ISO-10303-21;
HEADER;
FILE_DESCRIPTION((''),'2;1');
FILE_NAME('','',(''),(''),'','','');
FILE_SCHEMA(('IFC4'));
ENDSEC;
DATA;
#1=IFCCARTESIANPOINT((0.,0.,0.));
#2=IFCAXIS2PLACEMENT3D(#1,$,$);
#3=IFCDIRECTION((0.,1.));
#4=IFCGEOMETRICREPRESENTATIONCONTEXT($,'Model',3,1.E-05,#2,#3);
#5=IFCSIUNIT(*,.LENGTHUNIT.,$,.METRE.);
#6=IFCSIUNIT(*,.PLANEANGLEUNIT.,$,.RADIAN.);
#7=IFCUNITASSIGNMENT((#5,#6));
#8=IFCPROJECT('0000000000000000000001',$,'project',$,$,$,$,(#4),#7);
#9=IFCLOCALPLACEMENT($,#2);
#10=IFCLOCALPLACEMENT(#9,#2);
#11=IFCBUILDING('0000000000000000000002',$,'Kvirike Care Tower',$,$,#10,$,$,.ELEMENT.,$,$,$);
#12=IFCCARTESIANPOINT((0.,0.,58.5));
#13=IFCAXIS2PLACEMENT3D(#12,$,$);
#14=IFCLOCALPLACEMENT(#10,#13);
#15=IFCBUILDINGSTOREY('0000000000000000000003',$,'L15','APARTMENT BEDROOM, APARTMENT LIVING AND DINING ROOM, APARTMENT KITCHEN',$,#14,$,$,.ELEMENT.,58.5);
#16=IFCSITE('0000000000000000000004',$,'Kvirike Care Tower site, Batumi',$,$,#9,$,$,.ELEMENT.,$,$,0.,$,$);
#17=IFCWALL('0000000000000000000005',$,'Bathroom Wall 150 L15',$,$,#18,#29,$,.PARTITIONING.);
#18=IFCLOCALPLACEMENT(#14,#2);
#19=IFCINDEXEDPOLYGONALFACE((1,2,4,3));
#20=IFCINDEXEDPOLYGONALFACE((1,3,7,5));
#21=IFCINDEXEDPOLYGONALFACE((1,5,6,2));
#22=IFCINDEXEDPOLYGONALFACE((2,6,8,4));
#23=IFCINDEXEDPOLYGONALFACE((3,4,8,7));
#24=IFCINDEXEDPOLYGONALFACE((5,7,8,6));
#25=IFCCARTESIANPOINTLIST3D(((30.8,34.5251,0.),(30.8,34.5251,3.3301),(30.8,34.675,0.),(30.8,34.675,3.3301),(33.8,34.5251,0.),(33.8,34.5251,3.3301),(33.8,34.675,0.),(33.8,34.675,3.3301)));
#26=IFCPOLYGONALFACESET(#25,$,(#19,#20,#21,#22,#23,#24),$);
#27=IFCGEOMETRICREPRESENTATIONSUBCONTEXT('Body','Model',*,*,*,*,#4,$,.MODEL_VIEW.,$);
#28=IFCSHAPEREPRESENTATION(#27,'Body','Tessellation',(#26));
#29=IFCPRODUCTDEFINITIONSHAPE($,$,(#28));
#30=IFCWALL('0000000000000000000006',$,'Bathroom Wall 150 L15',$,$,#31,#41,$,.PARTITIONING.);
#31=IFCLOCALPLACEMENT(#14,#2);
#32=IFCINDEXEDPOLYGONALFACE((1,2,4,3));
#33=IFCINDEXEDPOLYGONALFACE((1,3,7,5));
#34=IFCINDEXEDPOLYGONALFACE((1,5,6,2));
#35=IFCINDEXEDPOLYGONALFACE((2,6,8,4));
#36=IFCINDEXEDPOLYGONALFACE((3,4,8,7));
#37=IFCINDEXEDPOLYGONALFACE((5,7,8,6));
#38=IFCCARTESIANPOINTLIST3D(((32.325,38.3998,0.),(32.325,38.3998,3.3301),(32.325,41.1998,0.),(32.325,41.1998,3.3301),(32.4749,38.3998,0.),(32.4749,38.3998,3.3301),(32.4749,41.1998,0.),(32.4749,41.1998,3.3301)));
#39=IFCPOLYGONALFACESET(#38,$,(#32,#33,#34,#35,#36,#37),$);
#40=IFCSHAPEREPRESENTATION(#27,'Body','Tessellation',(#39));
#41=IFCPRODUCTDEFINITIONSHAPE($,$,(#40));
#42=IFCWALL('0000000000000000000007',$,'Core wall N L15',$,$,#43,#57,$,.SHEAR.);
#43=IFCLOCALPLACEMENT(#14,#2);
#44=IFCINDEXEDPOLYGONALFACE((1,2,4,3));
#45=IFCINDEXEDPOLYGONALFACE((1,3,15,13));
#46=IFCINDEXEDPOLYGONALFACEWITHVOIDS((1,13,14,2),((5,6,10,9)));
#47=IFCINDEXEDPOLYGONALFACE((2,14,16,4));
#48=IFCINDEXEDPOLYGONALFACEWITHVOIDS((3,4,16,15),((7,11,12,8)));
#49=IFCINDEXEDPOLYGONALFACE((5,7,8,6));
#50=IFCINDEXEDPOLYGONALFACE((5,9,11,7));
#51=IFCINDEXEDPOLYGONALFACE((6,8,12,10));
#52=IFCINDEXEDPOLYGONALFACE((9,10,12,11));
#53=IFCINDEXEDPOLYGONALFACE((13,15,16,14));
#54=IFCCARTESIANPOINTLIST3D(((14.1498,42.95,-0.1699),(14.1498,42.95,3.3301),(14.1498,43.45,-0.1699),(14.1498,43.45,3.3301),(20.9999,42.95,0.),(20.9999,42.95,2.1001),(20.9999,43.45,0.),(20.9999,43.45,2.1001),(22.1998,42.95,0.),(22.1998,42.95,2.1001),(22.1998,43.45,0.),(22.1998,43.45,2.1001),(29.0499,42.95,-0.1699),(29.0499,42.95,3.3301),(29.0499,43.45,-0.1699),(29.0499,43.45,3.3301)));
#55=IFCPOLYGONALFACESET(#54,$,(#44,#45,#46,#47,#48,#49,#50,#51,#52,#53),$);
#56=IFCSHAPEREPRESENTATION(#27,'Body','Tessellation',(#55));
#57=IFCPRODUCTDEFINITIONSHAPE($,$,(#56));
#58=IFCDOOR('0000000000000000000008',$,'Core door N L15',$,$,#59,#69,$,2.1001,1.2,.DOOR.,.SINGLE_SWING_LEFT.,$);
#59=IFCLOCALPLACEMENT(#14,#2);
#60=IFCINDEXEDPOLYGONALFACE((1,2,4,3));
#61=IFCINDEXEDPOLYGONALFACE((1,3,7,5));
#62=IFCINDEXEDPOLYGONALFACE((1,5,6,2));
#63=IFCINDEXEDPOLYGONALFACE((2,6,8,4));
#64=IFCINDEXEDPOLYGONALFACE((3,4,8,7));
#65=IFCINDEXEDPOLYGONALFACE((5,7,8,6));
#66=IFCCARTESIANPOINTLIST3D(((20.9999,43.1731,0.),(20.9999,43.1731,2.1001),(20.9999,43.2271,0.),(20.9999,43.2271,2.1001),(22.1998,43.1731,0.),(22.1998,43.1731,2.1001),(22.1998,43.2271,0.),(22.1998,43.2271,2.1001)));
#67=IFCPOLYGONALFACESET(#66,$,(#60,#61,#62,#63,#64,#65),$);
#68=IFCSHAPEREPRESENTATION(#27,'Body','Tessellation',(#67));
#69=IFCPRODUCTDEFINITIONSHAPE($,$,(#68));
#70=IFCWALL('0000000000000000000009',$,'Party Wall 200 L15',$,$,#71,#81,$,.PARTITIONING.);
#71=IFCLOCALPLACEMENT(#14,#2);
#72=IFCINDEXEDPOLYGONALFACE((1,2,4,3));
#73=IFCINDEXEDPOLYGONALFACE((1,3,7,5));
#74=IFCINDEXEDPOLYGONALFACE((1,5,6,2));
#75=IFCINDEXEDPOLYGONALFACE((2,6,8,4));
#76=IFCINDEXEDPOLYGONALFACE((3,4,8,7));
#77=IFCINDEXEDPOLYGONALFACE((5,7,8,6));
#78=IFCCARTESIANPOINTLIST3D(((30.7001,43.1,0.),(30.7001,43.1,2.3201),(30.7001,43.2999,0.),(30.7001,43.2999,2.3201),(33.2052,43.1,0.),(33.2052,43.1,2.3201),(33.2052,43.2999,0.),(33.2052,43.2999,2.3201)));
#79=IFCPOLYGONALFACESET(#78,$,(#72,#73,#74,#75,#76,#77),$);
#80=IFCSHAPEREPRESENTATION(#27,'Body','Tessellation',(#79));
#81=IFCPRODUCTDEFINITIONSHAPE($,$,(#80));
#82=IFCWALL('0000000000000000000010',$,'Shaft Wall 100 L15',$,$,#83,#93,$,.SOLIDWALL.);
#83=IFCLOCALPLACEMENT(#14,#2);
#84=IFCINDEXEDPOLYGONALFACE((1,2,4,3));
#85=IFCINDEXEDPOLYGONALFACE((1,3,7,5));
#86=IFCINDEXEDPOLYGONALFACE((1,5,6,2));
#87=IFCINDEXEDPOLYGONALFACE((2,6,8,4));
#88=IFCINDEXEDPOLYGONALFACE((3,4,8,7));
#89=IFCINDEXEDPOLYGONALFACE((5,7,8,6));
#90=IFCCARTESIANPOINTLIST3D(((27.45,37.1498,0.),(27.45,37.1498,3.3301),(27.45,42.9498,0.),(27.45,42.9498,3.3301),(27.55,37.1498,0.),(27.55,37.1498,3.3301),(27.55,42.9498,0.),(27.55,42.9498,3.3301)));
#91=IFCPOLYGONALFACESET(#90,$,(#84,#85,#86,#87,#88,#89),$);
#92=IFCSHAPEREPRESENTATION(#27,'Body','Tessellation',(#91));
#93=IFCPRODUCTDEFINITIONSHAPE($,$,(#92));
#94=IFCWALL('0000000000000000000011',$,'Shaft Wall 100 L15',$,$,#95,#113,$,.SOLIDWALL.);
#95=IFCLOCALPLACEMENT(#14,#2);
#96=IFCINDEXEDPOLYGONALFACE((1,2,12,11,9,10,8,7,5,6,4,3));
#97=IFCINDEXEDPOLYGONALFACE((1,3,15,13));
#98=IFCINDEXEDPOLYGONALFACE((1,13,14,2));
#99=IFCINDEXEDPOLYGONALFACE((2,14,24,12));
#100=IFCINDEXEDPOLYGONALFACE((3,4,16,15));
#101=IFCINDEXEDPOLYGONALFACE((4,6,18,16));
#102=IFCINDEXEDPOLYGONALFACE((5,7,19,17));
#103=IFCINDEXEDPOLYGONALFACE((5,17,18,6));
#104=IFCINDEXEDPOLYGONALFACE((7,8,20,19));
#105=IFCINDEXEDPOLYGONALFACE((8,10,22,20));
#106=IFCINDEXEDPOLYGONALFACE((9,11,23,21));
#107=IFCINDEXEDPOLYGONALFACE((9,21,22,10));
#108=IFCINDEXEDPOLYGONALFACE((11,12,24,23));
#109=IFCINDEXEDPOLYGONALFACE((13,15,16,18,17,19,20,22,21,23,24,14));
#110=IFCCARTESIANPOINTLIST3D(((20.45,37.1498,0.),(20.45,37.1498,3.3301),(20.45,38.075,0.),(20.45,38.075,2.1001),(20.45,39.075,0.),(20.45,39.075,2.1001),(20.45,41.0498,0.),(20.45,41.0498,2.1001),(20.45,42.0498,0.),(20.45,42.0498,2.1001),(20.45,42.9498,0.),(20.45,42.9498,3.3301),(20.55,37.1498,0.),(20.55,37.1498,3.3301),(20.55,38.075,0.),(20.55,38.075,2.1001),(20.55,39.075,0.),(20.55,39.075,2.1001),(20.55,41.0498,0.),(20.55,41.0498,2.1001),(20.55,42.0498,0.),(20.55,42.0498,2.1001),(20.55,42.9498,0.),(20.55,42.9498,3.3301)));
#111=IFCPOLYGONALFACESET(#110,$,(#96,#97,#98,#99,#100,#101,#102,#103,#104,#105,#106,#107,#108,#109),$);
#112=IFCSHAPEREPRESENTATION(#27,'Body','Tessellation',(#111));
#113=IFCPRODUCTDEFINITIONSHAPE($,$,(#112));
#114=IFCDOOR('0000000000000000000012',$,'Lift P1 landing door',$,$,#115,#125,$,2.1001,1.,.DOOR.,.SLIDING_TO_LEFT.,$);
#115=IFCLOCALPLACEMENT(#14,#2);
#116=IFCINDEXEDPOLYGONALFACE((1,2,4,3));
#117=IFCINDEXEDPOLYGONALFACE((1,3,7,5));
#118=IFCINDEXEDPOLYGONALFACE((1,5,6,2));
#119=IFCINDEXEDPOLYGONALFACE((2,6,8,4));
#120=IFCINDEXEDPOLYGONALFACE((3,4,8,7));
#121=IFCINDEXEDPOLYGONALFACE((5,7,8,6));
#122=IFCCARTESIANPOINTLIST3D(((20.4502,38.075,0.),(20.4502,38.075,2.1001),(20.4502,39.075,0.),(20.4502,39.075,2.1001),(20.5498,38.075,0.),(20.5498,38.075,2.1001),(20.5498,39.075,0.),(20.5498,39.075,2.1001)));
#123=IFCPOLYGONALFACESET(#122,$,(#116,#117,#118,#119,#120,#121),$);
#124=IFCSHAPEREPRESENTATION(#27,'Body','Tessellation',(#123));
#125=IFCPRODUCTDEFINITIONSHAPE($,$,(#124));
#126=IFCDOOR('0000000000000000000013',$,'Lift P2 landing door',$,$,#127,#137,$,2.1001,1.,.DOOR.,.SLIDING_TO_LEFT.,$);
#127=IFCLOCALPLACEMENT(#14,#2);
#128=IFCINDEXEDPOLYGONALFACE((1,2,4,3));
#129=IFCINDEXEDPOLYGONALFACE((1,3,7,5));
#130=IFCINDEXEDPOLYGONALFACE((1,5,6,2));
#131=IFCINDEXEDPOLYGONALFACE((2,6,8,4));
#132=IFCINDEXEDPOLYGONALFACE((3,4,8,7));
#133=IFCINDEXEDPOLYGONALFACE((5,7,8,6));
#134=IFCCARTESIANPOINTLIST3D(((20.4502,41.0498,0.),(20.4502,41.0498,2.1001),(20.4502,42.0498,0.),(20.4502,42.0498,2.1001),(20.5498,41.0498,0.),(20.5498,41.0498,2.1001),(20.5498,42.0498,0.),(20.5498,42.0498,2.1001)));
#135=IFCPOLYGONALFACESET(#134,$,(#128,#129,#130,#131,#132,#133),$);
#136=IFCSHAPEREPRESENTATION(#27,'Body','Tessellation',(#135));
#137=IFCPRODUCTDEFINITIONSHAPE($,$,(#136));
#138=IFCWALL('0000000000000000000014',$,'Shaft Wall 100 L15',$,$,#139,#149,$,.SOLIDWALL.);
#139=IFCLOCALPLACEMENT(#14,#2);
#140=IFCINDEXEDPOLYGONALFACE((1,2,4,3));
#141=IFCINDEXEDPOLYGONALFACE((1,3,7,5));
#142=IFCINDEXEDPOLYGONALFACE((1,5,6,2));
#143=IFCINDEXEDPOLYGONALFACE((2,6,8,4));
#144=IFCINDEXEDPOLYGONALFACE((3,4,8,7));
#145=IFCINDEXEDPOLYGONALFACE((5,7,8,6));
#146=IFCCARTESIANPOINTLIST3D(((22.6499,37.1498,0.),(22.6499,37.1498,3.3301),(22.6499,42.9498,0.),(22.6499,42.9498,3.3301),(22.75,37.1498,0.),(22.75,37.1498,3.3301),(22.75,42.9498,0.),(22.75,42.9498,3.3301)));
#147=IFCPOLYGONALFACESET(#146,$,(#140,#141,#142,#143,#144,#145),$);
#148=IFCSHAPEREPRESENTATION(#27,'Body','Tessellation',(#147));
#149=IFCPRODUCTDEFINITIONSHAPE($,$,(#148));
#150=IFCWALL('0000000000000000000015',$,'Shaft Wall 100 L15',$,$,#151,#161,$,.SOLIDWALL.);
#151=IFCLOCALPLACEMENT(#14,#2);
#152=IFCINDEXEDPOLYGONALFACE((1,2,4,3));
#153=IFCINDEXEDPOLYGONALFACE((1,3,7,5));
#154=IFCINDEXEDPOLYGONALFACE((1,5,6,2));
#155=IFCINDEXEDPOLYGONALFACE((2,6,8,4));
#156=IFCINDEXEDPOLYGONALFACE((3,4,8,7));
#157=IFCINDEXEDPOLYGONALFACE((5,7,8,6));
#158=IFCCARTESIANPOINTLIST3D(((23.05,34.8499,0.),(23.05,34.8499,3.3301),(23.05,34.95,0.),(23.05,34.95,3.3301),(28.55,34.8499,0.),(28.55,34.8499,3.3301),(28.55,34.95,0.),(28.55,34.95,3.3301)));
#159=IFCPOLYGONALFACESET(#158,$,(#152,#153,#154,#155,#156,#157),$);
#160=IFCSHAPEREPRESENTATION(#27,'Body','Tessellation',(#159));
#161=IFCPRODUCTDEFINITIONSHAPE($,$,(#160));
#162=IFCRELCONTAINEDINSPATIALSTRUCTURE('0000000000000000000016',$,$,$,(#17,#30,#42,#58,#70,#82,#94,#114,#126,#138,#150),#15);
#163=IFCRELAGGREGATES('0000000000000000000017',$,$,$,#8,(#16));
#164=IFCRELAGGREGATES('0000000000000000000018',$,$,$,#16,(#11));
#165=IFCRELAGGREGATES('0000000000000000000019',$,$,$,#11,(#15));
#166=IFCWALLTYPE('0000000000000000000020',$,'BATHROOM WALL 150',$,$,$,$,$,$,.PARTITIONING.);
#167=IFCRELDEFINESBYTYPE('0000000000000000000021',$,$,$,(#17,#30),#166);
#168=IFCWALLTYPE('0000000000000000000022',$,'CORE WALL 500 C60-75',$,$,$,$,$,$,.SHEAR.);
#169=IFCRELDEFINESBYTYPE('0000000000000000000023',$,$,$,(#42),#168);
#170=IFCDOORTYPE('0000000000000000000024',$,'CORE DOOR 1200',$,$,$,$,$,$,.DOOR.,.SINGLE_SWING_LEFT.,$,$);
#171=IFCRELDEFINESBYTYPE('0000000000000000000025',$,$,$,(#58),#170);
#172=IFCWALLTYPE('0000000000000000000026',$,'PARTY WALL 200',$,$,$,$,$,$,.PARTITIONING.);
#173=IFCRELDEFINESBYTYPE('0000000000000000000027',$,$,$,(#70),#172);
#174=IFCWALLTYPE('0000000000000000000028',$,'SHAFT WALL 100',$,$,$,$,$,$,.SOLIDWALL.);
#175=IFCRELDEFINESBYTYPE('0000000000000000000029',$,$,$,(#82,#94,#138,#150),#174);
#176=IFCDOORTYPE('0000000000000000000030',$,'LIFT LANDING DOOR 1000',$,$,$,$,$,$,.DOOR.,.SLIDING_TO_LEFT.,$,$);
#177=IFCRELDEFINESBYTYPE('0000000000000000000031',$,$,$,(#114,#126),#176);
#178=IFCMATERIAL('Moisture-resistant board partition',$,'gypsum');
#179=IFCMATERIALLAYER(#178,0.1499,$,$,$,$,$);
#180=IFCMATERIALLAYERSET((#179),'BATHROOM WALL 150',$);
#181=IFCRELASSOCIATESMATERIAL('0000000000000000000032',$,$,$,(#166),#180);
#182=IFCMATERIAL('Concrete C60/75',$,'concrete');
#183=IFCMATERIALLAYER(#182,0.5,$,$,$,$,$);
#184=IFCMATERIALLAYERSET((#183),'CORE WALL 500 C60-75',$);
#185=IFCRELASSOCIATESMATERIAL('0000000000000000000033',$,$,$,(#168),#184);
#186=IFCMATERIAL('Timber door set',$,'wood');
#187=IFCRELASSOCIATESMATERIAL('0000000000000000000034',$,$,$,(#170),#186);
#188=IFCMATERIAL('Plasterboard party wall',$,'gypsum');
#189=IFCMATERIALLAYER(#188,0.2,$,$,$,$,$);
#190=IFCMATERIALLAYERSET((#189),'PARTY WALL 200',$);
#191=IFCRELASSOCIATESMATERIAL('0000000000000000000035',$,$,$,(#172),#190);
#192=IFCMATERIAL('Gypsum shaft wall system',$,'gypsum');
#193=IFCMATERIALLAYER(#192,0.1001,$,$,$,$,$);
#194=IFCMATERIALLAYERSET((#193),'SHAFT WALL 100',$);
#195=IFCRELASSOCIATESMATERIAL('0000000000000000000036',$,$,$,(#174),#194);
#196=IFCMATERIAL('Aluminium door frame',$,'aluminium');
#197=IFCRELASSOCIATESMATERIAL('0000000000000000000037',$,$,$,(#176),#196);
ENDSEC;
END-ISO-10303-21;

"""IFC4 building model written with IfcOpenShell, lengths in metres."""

from ifc_helpers import new_model, si_unit, direction, frame, frame_2d, origin, place, context, subcontext, project, spatial, rectangle, extrude, material, layer, layer_set, type_object, element, fill, save


model = new_model("IFC4")

# Units and contexts
model_context = context("Model", 3, precision=1e-05, world=origin(), true_north=direction((0.0, 1.0)))
body_context = subcontext(model_context, "Body", "Model", "MODEL_VIEW")
ifc_project = project(units=[si_unit("LENGTHUNIT", "METRE"), si_unit("PLANEANGLEUNIT", "RADIAN")], contexts=[model_context])

# Site, building, storey
site_placement = place(None, origin())
site = spatial("IfcSite", under=ifc_project, at=site_placement, Name="Kvirike Care Tower site, Batumi", CompositionType="ELEMENT", RefElevation=0.0)
building_placement = place(site_placement, origin())
building = spatial("IfcBuilding", under=site, at=building_placement, Name="Kvirike Care Tower", CompositionType="ELEMENT")
storey_placement = place(building_placement, frame((0.0, 0.0, 58.5)))
storey = spatial("IfcBuildingStorey", under=building, at=storey_placement, Name="L15", Description="APARTMENT BEDROOM, APARTMENT LIVING AND DINING ROOM, APARTMENT KITCHEN", CompositionType="ELEMENT", Elevation=58.5)

# Walls
ifc_material_1 = material(Name="Moisture-resistant board partition", Category="gypsum")
ifc_layer_1 = layer(ifc_material_1, 0.1499)
ifc_layer_set_1 = layer_set([ifc_layer_1], Name="BATHROOM WALL 150")
wall_type_1 = type_object("IfcWallType", Name="BATHROOM WALL 150", PredefinedType="PARTITIONING", material=ifc_layer_set_1)
wall_1_placement = place(storey_placement, frame((33.8, 34.6001, 0.0), z_axis=(0.0, 0.0, 1.0), x_axis=(-1.0, 0.0, 0.0)))
element("IfcWall", 1, at=wall_1_placement, inside=storey, type_object=wall_type_1, Name="Bathroom Wall 150 L15", PredefinedType="PARTITIONING", context=body_context, shape_type="SweptSolid", body=[
    extrude(rectangle(XDim=3.0, YDim=0.1499, at=frame_2d((1.5, 0.0))), origin(), (0.0, 0.0, 1.0), 3.3301),
])
wall_2_placement = place(storey_placement, frame((32.3999, 38.3999, 0.0), z_axis=(0.0, 0.0, 1.0), x_axis=(0.0, 1.0, 0.0)))
element("IfcWall", 2, at=wall_2_placement, inside=storey, type_object=wall_type_1, Name="Bathroom Wall 150 L15", PredefinedType="PARTITIONING", context=body_context, shape_type="SweptSolid", body=[
    extrude(rectangle(XDim=2.8, YDim=0.1499, at=frame_2d((1.3999, 0.0))), origin(), (0.0, 0.0, 1.0), 3.3301),
])

# Wall, opening, door
ifc_material_2 = material(Name="Concrete C60/75", Category="concrete")
ifc_layer_2 = layer(ifc_material_2, 0.5)
ifc_layer_set_2 = layer_set([ifc_layer_2], Name="CORE WALL 500 C60-75")
wall_type_2 = type_object("IfcWallType", Name="CORE WALL 500 C60-75", PredefinedType="SHEAR", material=ifc_layer_set_2)
wall_3_placement = place(storey_placement, frame((29.05, 43.2, -0.1699), z_axis=(0.0, 0.0, 1.0), x_axis=(-1.0, 0.0, 0.0)))
wall_3 = element("IfcWall", 3, at=wall_3_placement, inside=storey, type_object=wall_type_2, Name="Core wall N L15", PredefinedType="SHEAR", context=body_context, shape_type="SweptSolid", body=[
    extrude(rectangle(XDim=14.9001, YDim=0.5, at=frame_2d((7.4502, 0.0))), origin(), (0.0, 0.0, 1.0), 3.5),
])
opening_1_placement = place(wall_3_placement, frame((6.8501, 0.0, 0.1699)))
opening_1 = element("IfcOpeningElement", 4, at=opening_1_placement, cuts=wall_3, PredefinedType="OPENING", context=body_context, shape_type="SweptSolid", body=[
    extrude(rectangle(XDim=1.2, YDim=2.1001, at=frame_2d((0.6001, 1.05))), frame((0.0, 0.2605, 0.0), z_axis=(0.0, -1.0, 0.0), x_axis=(1.0, 0.0, 0.0)), (0.0, 0.0, 1.0), 0.521),
])
ifc_material_3 = material(Name="Timber door set", Category="wood")
door_type_1 = type_object("IfcDoorType", Name="CORE DOOR 1200", OperationType="SINGLE_SWING_LEFT", PredefinedType="DOOR", material=ifc_material_3)
door_1_placement = place(opening_1_placement, origin())
door_1 = element("IfcDoor", 5, at=door_1_placement, inside=storey, type_object=door_type_1, Name="Core door N L15", OperationType="SINGLE_SWING_LEFT", OverallHeight=2.1001, OverallWidth=1.2, PredefinedType="DOOR", context=body_context, shape_type="SweptSolid", body=[
    extrude(rectangle(XDim=1.2, YDim=2.1001, at=frame_2d((0.6001, 1.05))), frame((0.0, 0.0269, 0.0), z_axis=(0.0, -1.0, 0.0), x_axis=(1.0, 0.0, 0.0)), (0.0, 0.0, 1.0), 0.054),
])
fill(opening_1, door_1)

# Walls
ifc_material_4 = material(Name="Plasterboard party wall", Category="gypsum")
ifc_layer_3 = layer(ifc_material_4, 0.2)
ifc_layer_set_3 = layer_set([ifc_layer_3], Name="PARTY WALL 200")
wall_type_3 = type_object("IfcWallType", Name="PARTY WALL 200", PredefinedType="PARTITIONING", material=ifc_layer_set_3)
wall_4_placement = place(storey_placement, frame((33.2051, 43.2, 0.0), z_axis=(0.0, 0.0, 1.0), x_axis=(-1.0, 0.0, 0.0)))
element("IfcWall", 6, at=wall_4_placement, inside=storey, type_object=wall_type_3, Name="Party Wall 200 L15", PredefinedType="PARTITIONING", context=body_context, shape_type="SweptSolid", body=[
    extrude(rectangle(XDim=2.5051, YDim=0.2, at=frame_2d((1.2524, 0.0))), origin(), (0.0, 0.0, 1.0), 2.3201),
])
ifc_material_5 = material(Name="Gypsum shaft wall system", Category="gypsum")
ifc_layer_4 = layer(ifc_material_5, 0.1001)
ifc_layer_set_4 = layer_set([ifc_layer_4], Name="SHAFT WALL 100")
wall_type_4 = type_object("IfcWallType", Name="SHAFT WALL 100", PredefinedType="SOLIDWALL", material=ifc_layer_set_4)
wall_5_placement = place(storey_placement, frame((27.5, 37.1499, 0.0), z_axis=(0.0, 0.0, 1.0), x_axis=(0.0, 1.0, 0.0)))
element("IfcWall", 7, at=wall_5_placement, inside=storey, type_object=wall_type_4, Name="Shaft Wall 100 L15", PredefinedType="SOLIDWALL", context=body_context, shape_type="SweptSolid", body=[
    extrude(rectangle(XDim=5.8, YDim=0.1001, at=frame_2d((2.8999, 0.0))), origin(), (0.0, 0.0, 1.0), 3.3301),
])

# Wall, openings, doors
wall_6_placement = place(storey_placement, frame((20.5, 37.1499, 0.0), z_axis=(0.0, 0.0, 1.0), x_axis=(0.0, 1.0, 0.0)))
wall_6 = element("IfcWall", 8, at=wall_6_placement, inside=storey, type_object=wall_type_4, Name="Shaft Wall 100 L15", PredefinedType="SOLIDWALL", context=body_context, shape_type="SweptSolid", body=[
    extrude(rectangle(XDim=5.8, YDim=0.1001, at=frame_2d((2.8999, 0.0))), origin(), (0.0, 0.0, 1.0), 3.3301),
])
opening_2_placement = place(wall_6_placement, frame((0.925, 0.0, 0.0)))
opening_2 = element("IfcOpeningElement", 9, at=opening_2_placement, cuts=wall_6, PredefinedType="OPENING", context=body_context, shape_type="SweptSolid", body=[
    extrude(rectangle(XDim=1.0, YDim=2.1001, at=frame_2d((0.5, 1.05))), frame((0.0, 0.0605, 0.0), z_axis=(0.0, -1.0, 0.0), x_axis=(1.0, 0.0, 0.0)), (0.0, 0.0, 1.0), 0.1211),
])
opening_3_placement = place(wall_6_placement, frame((3.8999, 0.0, 0.0)))
opening_3 = element("IfcOpeningElement", 10, at=opening_3_placement, cuts=wall_6, PredefinedType="OPENING", context=body_context, shape_type="SweptSolid", body=[
    extrude(rectangle(XDim=1.0, YDim=2.1001, at=frame_2d((0.5, 1.05))), frame((0.0, 0.0605, 0.0), z_axis=(0.0, -1.0, 0.0), x_axis=(1.0, 0.0, 0.0)), (0.0, 0.0, 1.0), 0.1211),
])
ifc_material_6 = material(Name="Aluminium door frame", Category="aluminium")
door_type_2 = type_object("IfcDoorType", Name="LIFT LANDING DOOR 1000", OperationType="SLIDING_TO_LEFT", PredefinedType="DOOR", material=ifc_material_6)
door_2_placement = place(opening_2_placement, origin())
door_2 = element("IfcDoor", 11, at=door_2_placement, inside=storey, type_object=door_type_2, Name="Lift P1 landing door", OperationType="SLIDING_TO_LEFT", OverallHeight=2.1001, OverallWidth=1.0, PredefinedType="DOOR", context=body_context, shape_type="SweptSolid", body=[
    extrude(rectangle(XDim=1.0, YDim=2.1001, at=frame_2d((0.5, 1.05))), frame((0.0, 0.0498, 0.0), z_axis=(0.0, -1.0, 0.0), x_axis=(1.0, 0.0, 0.0)), (0.0, 0.0, 1.0), 0.0996),
])
fill(opening_2, door_2)
door_3_placement = place(opening_3_placement, origin())
door_3 = element("IfcDoor", 12, at=door_3_placement, inside=storey, type_object=door_type_2, Name="Lift P2 landing door", OperationType="SLIDING_TO_LEFT", OverallHeight=2.1001, OverallWidth=1.0, PredefinedType="DOOR", context=body_context, shape_type="SweptSolid", body=[
    extrude(rectangle(XDim=1.0, YDim=2.1001, at=frame_2d((0.5, 1.05))), frame((0.0, 0.0498, 0.0), z_axis=(0.0, -1.0, 0.0), x_axis=(1.0, 0.0, 0.0)), (0.0, 0.0, 1.0), 0.0996),
])
fill(opening_3, door_3)

# Walls
wall_7_placement = place(storey_placement, frame((22.7, 37.1499, 0.0), z_axis=(0.0, 0.0, 1.0), x_axis=(0.0, 1.0, 0.0)))
element("IfcWall", 13, at=wall_7_placement, inside=storey, type_object=wall_type_4, Name="Shaft Wall 100 L15", PredefinedType="SOLIDWALL", context=body_context, shape_type="SweptSolid", body=[
    extrude(rectangle(XDim=5.8, YDim=0.1001, at=frame_2d((2.8999, 0.0))), origin(), (0.0, 0.0, 1.0), 3.3301),
])
wall_8_placement = place(storey_placement, frame((23.05, 34.8999, 0.0), z_axis=(0.0, 0.0, 1.0), x_axis=(1.0, 0.0, 0.0)))
element("IfcWall", 14, at=wall_8_placement, inside=storey, type_object=wall_type_4, Name="Shaft Wall 100 L15", PredefinedType="SOLIDWALL", context=body_context, shape_type="SweptSolid", body=[
    extrude(rectangle(XDim=5.5, YDim=0.1001, at=frame_2d((2.75, 0.0))), origin(), (0.0, 0.0, 1.0), 3.3301),
])

save(model, "model.ifc")
